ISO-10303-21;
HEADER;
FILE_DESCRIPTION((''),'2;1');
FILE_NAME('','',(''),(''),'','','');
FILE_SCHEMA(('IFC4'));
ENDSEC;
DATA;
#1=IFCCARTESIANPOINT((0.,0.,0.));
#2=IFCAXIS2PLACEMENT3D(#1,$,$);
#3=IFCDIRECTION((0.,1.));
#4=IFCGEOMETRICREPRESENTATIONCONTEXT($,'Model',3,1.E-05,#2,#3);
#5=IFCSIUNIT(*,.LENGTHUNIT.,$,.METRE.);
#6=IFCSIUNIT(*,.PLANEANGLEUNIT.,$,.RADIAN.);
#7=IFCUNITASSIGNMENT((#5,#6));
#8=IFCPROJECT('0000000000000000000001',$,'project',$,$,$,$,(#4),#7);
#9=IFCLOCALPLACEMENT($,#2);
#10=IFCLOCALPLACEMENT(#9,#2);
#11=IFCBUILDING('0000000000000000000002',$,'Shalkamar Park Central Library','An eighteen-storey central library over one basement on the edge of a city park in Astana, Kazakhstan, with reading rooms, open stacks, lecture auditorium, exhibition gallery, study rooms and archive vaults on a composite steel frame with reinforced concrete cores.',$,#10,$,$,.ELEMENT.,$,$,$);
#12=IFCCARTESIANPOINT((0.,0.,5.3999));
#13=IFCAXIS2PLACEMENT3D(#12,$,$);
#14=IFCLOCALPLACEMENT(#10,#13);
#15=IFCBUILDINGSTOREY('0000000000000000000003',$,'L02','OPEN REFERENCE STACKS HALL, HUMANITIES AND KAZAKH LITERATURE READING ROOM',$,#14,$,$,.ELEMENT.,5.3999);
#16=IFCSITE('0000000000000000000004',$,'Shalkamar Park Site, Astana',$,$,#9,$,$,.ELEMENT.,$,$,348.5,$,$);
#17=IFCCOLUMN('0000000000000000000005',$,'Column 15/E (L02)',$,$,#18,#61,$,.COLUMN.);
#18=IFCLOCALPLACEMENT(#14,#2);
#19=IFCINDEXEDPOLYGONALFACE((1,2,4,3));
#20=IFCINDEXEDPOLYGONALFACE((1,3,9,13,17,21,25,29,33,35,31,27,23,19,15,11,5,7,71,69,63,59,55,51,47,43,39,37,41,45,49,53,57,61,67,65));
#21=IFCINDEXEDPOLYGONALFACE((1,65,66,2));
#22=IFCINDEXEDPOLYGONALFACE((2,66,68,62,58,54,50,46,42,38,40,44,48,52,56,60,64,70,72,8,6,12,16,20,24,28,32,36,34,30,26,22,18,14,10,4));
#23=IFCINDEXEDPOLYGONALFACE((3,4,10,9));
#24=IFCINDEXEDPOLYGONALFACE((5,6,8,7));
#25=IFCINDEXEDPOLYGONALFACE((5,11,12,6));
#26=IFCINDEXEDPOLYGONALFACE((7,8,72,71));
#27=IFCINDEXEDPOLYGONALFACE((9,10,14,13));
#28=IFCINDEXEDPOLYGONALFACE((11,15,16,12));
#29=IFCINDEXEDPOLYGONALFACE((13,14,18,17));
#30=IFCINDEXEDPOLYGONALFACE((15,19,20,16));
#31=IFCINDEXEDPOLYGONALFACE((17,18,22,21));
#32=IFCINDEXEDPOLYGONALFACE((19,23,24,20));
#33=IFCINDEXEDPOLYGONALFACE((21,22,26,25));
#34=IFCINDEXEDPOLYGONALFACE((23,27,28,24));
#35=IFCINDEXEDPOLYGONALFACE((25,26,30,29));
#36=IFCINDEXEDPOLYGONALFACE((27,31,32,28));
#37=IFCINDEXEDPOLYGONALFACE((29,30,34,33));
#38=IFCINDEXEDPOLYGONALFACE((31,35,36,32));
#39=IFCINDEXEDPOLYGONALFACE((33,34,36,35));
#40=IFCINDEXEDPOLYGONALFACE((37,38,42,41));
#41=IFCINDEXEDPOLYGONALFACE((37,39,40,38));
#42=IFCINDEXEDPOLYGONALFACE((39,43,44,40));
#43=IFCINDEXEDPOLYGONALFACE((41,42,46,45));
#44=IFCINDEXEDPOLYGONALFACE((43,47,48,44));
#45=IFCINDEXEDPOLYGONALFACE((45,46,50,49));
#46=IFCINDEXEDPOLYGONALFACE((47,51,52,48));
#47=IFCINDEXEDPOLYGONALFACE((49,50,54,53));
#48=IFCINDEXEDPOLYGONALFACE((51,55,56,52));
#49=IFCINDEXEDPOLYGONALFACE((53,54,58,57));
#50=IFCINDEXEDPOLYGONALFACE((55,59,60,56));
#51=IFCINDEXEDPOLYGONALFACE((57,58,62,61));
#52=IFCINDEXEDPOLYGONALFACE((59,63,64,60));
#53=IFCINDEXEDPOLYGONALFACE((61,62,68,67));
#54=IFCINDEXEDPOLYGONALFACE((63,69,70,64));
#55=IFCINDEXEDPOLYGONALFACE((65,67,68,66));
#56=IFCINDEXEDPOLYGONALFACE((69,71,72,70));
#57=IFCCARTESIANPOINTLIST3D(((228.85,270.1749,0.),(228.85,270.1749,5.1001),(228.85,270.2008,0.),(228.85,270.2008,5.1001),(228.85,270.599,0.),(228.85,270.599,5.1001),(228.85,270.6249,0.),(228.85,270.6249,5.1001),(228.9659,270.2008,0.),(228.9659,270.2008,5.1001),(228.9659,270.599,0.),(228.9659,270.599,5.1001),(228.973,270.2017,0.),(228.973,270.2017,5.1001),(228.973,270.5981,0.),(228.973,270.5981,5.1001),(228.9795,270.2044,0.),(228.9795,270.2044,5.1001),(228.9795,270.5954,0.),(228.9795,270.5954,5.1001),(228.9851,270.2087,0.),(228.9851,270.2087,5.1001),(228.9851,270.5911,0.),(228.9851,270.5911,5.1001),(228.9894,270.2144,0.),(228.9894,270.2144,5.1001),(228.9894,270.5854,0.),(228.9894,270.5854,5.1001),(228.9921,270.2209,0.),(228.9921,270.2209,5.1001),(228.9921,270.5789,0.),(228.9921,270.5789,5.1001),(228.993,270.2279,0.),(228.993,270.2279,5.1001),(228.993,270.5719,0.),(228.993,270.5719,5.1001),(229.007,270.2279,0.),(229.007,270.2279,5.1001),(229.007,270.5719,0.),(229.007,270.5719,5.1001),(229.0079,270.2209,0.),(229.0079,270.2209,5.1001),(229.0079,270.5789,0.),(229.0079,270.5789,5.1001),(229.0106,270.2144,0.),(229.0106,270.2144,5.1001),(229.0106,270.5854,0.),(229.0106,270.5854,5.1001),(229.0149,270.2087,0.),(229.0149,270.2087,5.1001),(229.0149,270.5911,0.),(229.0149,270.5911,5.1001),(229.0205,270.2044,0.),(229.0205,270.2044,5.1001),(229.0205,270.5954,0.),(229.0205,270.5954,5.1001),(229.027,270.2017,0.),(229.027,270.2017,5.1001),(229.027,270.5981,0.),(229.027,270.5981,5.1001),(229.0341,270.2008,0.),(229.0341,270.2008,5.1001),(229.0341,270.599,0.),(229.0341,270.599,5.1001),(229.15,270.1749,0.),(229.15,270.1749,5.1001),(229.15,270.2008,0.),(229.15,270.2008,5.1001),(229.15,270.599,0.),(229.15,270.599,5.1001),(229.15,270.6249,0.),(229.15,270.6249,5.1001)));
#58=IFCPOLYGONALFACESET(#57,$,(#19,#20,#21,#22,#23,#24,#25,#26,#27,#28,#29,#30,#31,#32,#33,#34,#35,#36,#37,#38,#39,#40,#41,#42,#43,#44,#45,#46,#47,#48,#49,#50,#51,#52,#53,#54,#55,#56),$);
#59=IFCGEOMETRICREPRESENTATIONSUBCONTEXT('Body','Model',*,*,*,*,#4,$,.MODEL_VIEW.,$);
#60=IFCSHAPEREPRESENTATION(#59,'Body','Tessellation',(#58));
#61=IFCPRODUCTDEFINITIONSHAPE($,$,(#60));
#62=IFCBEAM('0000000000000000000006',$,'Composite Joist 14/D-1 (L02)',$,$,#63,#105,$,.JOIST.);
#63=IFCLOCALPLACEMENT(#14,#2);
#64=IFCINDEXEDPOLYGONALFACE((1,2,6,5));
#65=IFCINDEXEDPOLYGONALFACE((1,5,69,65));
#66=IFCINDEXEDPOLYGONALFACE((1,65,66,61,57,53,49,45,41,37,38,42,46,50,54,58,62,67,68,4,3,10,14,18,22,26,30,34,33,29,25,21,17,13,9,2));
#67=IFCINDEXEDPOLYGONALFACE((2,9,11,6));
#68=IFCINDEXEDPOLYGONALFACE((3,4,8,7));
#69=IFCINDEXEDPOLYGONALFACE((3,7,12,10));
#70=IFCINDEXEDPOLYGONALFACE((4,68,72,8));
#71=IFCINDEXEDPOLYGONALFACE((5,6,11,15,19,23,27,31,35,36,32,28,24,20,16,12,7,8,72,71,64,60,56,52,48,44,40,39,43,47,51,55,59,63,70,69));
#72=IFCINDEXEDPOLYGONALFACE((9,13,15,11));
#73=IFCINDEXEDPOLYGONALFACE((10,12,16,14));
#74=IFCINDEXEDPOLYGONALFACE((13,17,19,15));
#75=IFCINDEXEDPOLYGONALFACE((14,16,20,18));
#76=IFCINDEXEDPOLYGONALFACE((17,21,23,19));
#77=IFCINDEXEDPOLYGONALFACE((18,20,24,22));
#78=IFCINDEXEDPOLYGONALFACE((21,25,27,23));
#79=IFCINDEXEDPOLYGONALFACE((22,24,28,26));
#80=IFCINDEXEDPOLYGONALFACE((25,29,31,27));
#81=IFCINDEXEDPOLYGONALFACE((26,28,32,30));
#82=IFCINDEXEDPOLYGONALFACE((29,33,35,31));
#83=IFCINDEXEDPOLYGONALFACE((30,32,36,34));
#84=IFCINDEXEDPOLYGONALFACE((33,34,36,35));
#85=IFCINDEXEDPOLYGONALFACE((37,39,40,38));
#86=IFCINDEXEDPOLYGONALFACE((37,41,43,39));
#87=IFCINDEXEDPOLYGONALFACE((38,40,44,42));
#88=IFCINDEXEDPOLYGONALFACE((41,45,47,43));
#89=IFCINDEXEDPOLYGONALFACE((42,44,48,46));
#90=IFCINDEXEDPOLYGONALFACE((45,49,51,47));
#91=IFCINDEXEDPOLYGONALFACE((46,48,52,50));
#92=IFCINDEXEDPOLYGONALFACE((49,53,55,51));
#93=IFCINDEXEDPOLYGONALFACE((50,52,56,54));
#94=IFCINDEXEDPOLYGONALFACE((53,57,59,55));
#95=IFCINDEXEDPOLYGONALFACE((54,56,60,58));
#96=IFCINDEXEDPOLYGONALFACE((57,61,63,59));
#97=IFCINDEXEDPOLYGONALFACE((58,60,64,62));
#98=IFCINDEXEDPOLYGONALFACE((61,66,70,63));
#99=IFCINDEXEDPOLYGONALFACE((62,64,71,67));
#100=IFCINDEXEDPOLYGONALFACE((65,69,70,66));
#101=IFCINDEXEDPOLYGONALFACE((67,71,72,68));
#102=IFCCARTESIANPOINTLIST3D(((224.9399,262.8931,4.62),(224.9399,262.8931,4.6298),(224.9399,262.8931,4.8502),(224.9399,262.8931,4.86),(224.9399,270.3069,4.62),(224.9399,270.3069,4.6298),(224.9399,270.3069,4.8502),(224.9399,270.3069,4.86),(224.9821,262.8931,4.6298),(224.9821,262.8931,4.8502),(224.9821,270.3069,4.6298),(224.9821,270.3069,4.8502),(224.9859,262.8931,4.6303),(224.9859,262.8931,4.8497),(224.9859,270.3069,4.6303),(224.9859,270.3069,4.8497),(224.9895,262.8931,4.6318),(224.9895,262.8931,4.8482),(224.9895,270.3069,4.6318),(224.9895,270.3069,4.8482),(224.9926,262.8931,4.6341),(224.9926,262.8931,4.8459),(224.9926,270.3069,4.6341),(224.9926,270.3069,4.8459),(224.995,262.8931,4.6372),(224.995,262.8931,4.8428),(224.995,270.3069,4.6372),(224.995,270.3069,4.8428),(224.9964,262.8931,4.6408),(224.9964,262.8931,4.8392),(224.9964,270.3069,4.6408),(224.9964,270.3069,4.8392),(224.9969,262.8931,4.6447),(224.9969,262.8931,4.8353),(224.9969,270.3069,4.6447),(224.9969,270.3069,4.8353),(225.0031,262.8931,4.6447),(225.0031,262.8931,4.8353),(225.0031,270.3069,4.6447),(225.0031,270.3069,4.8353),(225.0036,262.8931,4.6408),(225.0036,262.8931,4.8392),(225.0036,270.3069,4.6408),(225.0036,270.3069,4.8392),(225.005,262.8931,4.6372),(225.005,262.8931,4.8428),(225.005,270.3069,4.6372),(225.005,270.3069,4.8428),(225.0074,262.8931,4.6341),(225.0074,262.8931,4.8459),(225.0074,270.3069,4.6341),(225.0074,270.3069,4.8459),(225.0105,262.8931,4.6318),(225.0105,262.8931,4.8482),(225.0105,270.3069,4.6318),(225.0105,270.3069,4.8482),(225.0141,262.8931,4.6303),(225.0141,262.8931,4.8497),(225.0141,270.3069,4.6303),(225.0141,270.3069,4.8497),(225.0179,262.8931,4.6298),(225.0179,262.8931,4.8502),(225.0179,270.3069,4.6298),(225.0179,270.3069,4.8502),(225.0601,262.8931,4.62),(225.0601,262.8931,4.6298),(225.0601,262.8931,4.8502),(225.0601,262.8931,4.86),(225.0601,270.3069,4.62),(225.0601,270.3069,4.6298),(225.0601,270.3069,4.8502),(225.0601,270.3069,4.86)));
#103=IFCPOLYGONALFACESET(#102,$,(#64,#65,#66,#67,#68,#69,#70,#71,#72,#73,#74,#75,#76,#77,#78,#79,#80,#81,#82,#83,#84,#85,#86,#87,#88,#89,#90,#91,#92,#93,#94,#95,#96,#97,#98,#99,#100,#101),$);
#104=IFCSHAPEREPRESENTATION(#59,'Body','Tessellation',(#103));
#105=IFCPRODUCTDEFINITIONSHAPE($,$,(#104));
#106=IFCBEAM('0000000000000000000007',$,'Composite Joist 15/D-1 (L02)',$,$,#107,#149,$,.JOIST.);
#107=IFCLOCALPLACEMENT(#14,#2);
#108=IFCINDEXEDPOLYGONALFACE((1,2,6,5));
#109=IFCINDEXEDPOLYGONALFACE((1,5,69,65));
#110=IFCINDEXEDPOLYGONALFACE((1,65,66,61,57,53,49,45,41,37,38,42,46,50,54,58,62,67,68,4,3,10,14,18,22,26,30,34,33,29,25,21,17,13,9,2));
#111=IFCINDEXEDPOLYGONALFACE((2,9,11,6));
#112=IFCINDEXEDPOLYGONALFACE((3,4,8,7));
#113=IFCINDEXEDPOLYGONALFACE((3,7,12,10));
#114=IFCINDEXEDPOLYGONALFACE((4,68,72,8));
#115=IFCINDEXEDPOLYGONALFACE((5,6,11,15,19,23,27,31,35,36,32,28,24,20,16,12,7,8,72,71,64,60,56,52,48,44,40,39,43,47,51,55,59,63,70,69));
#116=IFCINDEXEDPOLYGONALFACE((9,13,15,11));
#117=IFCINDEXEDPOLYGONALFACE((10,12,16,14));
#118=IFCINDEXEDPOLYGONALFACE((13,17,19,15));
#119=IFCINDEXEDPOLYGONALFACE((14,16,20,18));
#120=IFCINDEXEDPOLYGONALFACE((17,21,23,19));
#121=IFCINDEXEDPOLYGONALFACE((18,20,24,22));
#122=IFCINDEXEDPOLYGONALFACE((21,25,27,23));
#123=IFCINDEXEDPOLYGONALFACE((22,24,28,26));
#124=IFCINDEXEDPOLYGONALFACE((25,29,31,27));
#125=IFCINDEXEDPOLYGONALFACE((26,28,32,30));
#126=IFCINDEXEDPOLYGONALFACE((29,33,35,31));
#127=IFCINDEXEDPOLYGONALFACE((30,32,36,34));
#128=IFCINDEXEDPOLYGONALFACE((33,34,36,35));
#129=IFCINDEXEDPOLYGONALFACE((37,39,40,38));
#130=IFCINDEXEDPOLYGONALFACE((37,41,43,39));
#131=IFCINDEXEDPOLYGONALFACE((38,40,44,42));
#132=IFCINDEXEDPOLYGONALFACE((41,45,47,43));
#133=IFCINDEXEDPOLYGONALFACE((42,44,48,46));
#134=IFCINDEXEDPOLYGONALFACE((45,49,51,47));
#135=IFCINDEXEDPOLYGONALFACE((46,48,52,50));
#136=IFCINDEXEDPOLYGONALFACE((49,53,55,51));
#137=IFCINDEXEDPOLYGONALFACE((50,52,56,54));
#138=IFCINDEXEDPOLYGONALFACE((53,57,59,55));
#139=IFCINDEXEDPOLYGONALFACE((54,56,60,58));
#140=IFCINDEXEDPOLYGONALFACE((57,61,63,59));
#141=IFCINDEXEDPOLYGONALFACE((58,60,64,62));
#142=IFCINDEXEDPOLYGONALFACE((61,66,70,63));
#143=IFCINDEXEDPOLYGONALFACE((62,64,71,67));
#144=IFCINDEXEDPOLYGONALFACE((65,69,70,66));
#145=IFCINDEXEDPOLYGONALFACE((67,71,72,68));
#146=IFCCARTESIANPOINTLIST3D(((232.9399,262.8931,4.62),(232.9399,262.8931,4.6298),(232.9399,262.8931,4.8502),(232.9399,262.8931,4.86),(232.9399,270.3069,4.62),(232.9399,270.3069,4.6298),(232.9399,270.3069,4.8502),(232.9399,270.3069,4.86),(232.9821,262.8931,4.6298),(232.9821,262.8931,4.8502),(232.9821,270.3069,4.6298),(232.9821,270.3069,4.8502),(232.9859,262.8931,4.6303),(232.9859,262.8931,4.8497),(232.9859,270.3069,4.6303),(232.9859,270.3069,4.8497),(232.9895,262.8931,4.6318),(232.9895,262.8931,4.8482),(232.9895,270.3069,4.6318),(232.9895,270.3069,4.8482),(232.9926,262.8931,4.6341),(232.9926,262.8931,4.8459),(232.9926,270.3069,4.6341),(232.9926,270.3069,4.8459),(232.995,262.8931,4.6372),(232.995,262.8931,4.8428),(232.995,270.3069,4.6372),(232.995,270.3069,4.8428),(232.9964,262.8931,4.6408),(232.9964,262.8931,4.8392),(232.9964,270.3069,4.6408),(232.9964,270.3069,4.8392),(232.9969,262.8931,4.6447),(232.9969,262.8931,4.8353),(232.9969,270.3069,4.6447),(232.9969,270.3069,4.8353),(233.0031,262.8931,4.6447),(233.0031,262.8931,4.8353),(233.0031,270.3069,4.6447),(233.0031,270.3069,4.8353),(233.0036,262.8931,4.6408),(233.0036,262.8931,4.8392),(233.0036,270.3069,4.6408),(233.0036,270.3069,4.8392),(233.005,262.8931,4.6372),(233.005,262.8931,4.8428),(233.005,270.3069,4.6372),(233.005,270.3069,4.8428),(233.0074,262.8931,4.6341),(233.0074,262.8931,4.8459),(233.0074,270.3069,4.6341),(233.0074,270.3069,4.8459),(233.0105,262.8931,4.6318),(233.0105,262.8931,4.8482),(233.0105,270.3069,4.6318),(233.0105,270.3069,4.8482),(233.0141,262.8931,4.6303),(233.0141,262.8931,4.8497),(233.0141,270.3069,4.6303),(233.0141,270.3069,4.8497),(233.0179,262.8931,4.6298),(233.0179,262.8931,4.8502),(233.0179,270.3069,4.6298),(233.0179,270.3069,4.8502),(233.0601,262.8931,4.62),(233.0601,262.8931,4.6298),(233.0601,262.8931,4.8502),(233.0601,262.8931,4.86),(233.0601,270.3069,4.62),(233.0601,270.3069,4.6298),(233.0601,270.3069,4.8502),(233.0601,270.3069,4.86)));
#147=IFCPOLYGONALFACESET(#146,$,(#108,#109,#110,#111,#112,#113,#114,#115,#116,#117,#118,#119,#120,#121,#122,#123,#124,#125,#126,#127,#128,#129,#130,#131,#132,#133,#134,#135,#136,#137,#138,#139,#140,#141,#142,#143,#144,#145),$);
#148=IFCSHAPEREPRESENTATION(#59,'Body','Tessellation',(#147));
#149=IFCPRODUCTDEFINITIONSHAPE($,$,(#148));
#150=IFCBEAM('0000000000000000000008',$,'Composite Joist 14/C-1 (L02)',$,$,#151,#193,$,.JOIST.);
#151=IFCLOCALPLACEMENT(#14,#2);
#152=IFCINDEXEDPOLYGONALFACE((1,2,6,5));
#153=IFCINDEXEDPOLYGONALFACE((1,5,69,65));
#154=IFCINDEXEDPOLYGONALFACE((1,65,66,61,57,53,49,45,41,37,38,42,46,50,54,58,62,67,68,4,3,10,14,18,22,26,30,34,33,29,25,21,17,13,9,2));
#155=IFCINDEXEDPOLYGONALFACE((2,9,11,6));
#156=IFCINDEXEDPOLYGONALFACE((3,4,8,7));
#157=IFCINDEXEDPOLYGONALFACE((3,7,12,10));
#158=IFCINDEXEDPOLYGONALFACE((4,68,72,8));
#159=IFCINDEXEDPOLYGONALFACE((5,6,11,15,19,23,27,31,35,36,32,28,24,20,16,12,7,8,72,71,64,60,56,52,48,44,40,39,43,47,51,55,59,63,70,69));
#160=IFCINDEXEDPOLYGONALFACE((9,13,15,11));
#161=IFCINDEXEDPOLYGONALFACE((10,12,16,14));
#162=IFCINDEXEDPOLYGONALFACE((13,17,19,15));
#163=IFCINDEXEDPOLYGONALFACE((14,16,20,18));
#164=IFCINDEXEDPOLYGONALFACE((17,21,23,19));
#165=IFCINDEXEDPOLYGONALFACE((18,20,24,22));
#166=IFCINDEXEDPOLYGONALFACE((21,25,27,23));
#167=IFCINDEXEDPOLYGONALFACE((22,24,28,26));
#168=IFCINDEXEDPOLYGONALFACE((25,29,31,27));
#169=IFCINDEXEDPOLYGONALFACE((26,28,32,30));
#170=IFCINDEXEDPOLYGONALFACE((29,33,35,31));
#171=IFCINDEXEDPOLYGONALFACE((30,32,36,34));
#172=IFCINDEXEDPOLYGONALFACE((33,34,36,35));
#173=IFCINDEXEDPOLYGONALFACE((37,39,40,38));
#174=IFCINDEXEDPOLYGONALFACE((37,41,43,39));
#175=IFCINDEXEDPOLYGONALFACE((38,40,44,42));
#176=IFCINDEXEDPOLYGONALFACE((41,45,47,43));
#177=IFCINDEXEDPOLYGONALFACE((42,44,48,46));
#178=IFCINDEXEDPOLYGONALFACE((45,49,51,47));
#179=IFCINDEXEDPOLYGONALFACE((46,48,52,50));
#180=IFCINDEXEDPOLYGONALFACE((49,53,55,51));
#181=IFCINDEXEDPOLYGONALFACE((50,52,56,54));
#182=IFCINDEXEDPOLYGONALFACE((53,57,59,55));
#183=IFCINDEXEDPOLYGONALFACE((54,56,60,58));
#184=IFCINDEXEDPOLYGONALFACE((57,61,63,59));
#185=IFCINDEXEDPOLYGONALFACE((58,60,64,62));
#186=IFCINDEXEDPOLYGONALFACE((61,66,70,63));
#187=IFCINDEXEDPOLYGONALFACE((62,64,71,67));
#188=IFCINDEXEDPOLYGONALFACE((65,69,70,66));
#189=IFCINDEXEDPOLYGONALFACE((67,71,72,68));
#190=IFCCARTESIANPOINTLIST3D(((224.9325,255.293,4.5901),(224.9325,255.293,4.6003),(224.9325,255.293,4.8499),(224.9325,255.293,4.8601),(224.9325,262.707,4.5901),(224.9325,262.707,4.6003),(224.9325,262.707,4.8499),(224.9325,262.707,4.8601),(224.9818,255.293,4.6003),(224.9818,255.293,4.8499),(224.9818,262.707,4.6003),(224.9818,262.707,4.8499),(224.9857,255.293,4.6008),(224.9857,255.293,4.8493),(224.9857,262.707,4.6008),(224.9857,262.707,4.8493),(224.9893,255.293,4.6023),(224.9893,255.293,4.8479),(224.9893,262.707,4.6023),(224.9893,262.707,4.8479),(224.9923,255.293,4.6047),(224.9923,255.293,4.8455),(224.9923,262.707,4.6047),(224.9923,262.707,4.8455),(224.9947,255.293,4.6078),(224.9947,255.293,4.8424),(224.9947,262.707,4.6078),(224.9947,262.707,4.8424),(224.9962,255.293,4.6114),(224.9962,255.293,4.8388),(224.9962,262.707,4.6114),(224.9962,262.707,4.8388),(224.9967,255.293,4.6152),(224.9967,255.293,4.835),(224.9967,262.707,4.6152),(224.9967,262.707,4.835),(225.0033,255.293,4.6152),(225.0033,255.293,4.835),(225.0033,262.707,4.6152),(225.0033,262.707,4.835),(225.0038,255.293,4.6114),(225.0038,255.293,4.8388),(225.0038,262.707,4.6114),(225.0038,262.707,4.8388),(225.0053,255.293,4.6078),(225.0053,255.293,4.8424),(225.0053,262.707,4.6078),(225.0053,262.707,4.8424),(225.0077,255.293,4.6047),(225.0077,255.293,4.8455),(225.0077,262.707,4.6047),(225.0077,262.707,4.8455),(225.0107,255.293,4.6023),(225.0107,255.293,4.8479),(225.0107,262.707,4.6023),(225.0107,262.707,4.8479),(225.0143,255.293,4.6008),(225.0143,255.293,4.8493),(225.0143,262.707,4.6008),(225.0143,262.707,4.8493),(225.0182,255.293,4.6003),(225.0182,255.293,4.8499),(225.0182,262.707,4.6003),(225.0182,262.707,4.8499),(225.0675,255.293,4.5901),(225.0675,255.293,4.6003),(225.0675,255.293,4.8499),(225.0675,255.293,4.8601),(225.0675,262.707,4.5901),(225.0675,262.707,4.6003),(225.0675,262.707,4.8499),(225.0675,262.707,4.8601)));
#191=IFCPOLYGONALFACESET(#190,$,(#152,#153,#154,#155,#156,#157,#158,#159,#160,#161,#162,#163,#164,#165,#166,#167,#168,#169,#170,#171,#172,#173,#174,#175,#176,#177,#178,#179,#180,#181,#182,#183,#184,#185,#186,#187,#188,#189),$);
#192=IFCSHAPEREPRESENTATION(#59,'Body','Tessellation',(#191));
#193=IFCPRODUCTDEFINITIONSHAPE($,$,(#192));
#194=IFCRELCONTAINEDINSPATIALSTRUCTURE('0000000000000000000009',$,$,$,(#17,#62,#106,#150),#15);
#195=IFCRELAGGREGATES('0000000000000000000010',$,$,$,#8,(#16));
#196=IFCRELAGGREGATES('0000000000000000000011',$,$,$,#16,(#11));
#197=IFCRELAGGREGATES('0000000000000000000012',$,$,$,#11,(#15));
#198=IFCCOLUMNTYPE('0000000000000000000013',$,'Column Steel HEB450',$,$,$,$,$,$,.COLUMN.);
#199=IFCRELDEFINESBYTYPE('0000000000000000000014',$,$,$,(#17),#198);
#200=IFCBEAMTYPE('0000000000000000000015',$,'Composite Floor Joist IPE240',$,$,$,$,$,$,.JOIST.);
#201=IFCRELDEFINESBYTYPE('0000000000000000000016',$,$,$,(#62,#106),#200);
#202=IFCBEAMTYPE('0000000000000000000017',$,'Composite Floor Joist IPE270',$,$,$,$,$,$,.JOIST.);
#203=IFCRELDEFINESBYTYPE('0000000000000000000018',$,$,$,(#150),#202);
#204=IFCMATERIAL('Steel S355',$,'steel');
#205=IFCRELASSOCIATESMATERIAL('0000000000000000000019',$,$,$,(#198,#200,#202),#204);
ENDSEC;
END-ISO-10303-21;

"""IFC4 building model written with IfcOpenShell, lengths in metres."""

from ifc_helpers import new_model, si_unit, direction, frame, origin, origin_2d, place, context, subcontext, project, spatial, i_section, extrude, material, material_profile, profile_set, type_object, element, save


model = new_model("IFC4")

# Units and contexts
model_context = context("Model", 3, precision=1e-05, world=origin(), true_north=direction((0.0, 1.0)))
body_context = subcontext(model_context, "Body", "Model", "MODEL_VIEW")
ifc_project = project(units=[si_unit("LENGTHUNIT", "METRE"), si_unit("PLANEANGLEUNIT", "RADIAN")], contexts=[model_context])

# Site, building, storey
site_placement = place(None, origin())
site = spatial("IfcSite", under=ifc_project, at=site_placement, Name="Shalkamar Park Site, Astana", CompositionType="ELEMENT", RefElevation=348.5)
building_placement = place(site_placement, origin())
building = spatial("IfcBuilding", under=site, at=building_placement, Name="Shalkamar Park Central Library", Description="An eighteen-storey central library over one basement on the edge of a city park in Astana, Kazakhstan, with reading rooms, open stacks, lecture auditorium, exhibition gallery, study rooms and archive vaults on a composite steel frame with reinforced concrete cores.", CompositionType="ELEMENT")
storey_placement = place(building_placement, frame((0.0, 0.0, 5.3999)))
storey = spatial("IfcBuildingStorey", under=building, at=storey_placement, Name="L02", Description="OPEN REFERENCE STACKS HALL, HUMANITIES AND KAZAKH LITERATURE READING ROOM", CompositionType="ELEMENT", Elevation=5.3999)

# Column
ifc_material_1 = material(Name="Steel S355", Category="steel")
ifc_material_profile_1 = material_profile(ifc_material_1, i_section(OverallWidth=0.3, OverallDepth=0.45, WebThickness=0.0139, FlangeThickness=0.0259, FilletRadius=0.0271, at=origin_2d()), Name="HEB 450")
ifc_profile_set_1 = profile_set([ifc_material_profile_1], Name="Steel S355")
column_type_1 = type_object("IfcColumnType", Name="Column Steel HEB450", PredefinedType="COLUMN", material=ifc_profile_set_1)
for number, where, z_axis, x_axis, name in (
    (1, (229.0, 270.3999, 0.0), (0.0, 0.0, 1.0), (1.0, 0.0, 0.0), "Column 15/E (L02)"),
):
    element("IfcColumn", number, at=place(storey_placement, frame(where, z_axis=z_axis, x_axis=x_axis)), inside=storey, type_object=column_type_1, Name=name, PredefinedType="COLUMN", context=body_context, shape_type="SweptSolid", body=[
        extrude(i_section(OverallWidth=0.3, OverallDepth=0.45, WebThickness=0.0139, FlangeThickness=0.0259, FilletRadius=0.0271, at=origin_2d()), origin(), (0.0, 0.0, 1.0), 5.1001),
    ])

# Beams
ifc_material_profile_2 = material_profile(ifc_material_1, i_section(OverallWidth=0.1201, OverallDepth=0.24, WebThickness=0.0061, FlangeThickness=0.0098, FilletRadius=0.0149, at=origin_2d()), Name="IPE 240")
ifc_profile_set_2 = profile_set([ifc_material_profile_2], Name="Steel S355")
beam_type_1 = type_object("IfcBeamType", Name="Composite Floor Joist IPE240", PredefinedType="JOIST", material=ifc_profile_set_2)
for number, where, z_axis, x_axis, name in (
    (2, (225.0, 262.8931, 4.74), (0.0, 1.0, 0.0), (-1.0, 0.0, 0.0), "Composite Joist 14/D-1 (L02)"),
    (3, (233.0, 262.8931, 4.74), (0.0, 1.0, 0.0), (-1.0, 0.0, 0.0), "Composite Joist 15/D-1 (L02)"),
):
    element("IfcBeam", number, at=place(storey_placement, frame(where, z_axis=z_axis, x_axis=x_axis)), inside=storey, type_object=beam_type_1, Name=name, PredefinedType="JOIST", context=body_context, shape_type="SweptSolid", body=[
        extrude(i_section(OverallWidth=0.1201, OverallDepth=0.24, WebThickness=0.0061, FlangeThickness=0.0098, FilletRadius=0.0149, at=origin_2d()), origin(), (0.0, 0.0, 1.0), 7.4138),
    ])
ifc_material_profile_3 = material_profile(ifc_material_1, i_section(OverallWidth=0.135, OverallDepth=0.27, WebThickness=0.0066, FlangeThickness=0.0103, FilletRadius=0.0149, at=origin_2d()), Name="IPE 270")
ifc_profile_set_3 = profile_set([ifc_material_profile_3], Name="Steel S355")
beam_type_2 = type_object("IfcBeamType", Name="Composite Floor Joist IPE270", PredefinedType="JOIST", material=ifc_profile_set_3)
for number, where, z_axis, x_axis, name in (
    (4, (225.0, 255.293, 4.7251), (0.0, 1.0, 0.0), (-1.0, 0.0, 0.0), "Composite Joist 14/C-1 (L02)"),
):
    element("IfcBeam", number, at=place(storey_placement, frame(where, z_axis=z_axis, x_axis=x_axis)), inside=storey, type_object=beam_type_2, Name=name, PredefinedType="JOIST", context=body_context, shape_type="SweptSolid", body=[
        extrude(i_section(OverallWidth=0.135, OverallDepth=0.27, WebThickness=0.0066, FlangeThickness=0.0103, FilletRadius=0.0149, at=origin_2d()), origin(), (0.0, 0.0, 1.0), 7.4141),
    ])

save(model, "model.ifc")
